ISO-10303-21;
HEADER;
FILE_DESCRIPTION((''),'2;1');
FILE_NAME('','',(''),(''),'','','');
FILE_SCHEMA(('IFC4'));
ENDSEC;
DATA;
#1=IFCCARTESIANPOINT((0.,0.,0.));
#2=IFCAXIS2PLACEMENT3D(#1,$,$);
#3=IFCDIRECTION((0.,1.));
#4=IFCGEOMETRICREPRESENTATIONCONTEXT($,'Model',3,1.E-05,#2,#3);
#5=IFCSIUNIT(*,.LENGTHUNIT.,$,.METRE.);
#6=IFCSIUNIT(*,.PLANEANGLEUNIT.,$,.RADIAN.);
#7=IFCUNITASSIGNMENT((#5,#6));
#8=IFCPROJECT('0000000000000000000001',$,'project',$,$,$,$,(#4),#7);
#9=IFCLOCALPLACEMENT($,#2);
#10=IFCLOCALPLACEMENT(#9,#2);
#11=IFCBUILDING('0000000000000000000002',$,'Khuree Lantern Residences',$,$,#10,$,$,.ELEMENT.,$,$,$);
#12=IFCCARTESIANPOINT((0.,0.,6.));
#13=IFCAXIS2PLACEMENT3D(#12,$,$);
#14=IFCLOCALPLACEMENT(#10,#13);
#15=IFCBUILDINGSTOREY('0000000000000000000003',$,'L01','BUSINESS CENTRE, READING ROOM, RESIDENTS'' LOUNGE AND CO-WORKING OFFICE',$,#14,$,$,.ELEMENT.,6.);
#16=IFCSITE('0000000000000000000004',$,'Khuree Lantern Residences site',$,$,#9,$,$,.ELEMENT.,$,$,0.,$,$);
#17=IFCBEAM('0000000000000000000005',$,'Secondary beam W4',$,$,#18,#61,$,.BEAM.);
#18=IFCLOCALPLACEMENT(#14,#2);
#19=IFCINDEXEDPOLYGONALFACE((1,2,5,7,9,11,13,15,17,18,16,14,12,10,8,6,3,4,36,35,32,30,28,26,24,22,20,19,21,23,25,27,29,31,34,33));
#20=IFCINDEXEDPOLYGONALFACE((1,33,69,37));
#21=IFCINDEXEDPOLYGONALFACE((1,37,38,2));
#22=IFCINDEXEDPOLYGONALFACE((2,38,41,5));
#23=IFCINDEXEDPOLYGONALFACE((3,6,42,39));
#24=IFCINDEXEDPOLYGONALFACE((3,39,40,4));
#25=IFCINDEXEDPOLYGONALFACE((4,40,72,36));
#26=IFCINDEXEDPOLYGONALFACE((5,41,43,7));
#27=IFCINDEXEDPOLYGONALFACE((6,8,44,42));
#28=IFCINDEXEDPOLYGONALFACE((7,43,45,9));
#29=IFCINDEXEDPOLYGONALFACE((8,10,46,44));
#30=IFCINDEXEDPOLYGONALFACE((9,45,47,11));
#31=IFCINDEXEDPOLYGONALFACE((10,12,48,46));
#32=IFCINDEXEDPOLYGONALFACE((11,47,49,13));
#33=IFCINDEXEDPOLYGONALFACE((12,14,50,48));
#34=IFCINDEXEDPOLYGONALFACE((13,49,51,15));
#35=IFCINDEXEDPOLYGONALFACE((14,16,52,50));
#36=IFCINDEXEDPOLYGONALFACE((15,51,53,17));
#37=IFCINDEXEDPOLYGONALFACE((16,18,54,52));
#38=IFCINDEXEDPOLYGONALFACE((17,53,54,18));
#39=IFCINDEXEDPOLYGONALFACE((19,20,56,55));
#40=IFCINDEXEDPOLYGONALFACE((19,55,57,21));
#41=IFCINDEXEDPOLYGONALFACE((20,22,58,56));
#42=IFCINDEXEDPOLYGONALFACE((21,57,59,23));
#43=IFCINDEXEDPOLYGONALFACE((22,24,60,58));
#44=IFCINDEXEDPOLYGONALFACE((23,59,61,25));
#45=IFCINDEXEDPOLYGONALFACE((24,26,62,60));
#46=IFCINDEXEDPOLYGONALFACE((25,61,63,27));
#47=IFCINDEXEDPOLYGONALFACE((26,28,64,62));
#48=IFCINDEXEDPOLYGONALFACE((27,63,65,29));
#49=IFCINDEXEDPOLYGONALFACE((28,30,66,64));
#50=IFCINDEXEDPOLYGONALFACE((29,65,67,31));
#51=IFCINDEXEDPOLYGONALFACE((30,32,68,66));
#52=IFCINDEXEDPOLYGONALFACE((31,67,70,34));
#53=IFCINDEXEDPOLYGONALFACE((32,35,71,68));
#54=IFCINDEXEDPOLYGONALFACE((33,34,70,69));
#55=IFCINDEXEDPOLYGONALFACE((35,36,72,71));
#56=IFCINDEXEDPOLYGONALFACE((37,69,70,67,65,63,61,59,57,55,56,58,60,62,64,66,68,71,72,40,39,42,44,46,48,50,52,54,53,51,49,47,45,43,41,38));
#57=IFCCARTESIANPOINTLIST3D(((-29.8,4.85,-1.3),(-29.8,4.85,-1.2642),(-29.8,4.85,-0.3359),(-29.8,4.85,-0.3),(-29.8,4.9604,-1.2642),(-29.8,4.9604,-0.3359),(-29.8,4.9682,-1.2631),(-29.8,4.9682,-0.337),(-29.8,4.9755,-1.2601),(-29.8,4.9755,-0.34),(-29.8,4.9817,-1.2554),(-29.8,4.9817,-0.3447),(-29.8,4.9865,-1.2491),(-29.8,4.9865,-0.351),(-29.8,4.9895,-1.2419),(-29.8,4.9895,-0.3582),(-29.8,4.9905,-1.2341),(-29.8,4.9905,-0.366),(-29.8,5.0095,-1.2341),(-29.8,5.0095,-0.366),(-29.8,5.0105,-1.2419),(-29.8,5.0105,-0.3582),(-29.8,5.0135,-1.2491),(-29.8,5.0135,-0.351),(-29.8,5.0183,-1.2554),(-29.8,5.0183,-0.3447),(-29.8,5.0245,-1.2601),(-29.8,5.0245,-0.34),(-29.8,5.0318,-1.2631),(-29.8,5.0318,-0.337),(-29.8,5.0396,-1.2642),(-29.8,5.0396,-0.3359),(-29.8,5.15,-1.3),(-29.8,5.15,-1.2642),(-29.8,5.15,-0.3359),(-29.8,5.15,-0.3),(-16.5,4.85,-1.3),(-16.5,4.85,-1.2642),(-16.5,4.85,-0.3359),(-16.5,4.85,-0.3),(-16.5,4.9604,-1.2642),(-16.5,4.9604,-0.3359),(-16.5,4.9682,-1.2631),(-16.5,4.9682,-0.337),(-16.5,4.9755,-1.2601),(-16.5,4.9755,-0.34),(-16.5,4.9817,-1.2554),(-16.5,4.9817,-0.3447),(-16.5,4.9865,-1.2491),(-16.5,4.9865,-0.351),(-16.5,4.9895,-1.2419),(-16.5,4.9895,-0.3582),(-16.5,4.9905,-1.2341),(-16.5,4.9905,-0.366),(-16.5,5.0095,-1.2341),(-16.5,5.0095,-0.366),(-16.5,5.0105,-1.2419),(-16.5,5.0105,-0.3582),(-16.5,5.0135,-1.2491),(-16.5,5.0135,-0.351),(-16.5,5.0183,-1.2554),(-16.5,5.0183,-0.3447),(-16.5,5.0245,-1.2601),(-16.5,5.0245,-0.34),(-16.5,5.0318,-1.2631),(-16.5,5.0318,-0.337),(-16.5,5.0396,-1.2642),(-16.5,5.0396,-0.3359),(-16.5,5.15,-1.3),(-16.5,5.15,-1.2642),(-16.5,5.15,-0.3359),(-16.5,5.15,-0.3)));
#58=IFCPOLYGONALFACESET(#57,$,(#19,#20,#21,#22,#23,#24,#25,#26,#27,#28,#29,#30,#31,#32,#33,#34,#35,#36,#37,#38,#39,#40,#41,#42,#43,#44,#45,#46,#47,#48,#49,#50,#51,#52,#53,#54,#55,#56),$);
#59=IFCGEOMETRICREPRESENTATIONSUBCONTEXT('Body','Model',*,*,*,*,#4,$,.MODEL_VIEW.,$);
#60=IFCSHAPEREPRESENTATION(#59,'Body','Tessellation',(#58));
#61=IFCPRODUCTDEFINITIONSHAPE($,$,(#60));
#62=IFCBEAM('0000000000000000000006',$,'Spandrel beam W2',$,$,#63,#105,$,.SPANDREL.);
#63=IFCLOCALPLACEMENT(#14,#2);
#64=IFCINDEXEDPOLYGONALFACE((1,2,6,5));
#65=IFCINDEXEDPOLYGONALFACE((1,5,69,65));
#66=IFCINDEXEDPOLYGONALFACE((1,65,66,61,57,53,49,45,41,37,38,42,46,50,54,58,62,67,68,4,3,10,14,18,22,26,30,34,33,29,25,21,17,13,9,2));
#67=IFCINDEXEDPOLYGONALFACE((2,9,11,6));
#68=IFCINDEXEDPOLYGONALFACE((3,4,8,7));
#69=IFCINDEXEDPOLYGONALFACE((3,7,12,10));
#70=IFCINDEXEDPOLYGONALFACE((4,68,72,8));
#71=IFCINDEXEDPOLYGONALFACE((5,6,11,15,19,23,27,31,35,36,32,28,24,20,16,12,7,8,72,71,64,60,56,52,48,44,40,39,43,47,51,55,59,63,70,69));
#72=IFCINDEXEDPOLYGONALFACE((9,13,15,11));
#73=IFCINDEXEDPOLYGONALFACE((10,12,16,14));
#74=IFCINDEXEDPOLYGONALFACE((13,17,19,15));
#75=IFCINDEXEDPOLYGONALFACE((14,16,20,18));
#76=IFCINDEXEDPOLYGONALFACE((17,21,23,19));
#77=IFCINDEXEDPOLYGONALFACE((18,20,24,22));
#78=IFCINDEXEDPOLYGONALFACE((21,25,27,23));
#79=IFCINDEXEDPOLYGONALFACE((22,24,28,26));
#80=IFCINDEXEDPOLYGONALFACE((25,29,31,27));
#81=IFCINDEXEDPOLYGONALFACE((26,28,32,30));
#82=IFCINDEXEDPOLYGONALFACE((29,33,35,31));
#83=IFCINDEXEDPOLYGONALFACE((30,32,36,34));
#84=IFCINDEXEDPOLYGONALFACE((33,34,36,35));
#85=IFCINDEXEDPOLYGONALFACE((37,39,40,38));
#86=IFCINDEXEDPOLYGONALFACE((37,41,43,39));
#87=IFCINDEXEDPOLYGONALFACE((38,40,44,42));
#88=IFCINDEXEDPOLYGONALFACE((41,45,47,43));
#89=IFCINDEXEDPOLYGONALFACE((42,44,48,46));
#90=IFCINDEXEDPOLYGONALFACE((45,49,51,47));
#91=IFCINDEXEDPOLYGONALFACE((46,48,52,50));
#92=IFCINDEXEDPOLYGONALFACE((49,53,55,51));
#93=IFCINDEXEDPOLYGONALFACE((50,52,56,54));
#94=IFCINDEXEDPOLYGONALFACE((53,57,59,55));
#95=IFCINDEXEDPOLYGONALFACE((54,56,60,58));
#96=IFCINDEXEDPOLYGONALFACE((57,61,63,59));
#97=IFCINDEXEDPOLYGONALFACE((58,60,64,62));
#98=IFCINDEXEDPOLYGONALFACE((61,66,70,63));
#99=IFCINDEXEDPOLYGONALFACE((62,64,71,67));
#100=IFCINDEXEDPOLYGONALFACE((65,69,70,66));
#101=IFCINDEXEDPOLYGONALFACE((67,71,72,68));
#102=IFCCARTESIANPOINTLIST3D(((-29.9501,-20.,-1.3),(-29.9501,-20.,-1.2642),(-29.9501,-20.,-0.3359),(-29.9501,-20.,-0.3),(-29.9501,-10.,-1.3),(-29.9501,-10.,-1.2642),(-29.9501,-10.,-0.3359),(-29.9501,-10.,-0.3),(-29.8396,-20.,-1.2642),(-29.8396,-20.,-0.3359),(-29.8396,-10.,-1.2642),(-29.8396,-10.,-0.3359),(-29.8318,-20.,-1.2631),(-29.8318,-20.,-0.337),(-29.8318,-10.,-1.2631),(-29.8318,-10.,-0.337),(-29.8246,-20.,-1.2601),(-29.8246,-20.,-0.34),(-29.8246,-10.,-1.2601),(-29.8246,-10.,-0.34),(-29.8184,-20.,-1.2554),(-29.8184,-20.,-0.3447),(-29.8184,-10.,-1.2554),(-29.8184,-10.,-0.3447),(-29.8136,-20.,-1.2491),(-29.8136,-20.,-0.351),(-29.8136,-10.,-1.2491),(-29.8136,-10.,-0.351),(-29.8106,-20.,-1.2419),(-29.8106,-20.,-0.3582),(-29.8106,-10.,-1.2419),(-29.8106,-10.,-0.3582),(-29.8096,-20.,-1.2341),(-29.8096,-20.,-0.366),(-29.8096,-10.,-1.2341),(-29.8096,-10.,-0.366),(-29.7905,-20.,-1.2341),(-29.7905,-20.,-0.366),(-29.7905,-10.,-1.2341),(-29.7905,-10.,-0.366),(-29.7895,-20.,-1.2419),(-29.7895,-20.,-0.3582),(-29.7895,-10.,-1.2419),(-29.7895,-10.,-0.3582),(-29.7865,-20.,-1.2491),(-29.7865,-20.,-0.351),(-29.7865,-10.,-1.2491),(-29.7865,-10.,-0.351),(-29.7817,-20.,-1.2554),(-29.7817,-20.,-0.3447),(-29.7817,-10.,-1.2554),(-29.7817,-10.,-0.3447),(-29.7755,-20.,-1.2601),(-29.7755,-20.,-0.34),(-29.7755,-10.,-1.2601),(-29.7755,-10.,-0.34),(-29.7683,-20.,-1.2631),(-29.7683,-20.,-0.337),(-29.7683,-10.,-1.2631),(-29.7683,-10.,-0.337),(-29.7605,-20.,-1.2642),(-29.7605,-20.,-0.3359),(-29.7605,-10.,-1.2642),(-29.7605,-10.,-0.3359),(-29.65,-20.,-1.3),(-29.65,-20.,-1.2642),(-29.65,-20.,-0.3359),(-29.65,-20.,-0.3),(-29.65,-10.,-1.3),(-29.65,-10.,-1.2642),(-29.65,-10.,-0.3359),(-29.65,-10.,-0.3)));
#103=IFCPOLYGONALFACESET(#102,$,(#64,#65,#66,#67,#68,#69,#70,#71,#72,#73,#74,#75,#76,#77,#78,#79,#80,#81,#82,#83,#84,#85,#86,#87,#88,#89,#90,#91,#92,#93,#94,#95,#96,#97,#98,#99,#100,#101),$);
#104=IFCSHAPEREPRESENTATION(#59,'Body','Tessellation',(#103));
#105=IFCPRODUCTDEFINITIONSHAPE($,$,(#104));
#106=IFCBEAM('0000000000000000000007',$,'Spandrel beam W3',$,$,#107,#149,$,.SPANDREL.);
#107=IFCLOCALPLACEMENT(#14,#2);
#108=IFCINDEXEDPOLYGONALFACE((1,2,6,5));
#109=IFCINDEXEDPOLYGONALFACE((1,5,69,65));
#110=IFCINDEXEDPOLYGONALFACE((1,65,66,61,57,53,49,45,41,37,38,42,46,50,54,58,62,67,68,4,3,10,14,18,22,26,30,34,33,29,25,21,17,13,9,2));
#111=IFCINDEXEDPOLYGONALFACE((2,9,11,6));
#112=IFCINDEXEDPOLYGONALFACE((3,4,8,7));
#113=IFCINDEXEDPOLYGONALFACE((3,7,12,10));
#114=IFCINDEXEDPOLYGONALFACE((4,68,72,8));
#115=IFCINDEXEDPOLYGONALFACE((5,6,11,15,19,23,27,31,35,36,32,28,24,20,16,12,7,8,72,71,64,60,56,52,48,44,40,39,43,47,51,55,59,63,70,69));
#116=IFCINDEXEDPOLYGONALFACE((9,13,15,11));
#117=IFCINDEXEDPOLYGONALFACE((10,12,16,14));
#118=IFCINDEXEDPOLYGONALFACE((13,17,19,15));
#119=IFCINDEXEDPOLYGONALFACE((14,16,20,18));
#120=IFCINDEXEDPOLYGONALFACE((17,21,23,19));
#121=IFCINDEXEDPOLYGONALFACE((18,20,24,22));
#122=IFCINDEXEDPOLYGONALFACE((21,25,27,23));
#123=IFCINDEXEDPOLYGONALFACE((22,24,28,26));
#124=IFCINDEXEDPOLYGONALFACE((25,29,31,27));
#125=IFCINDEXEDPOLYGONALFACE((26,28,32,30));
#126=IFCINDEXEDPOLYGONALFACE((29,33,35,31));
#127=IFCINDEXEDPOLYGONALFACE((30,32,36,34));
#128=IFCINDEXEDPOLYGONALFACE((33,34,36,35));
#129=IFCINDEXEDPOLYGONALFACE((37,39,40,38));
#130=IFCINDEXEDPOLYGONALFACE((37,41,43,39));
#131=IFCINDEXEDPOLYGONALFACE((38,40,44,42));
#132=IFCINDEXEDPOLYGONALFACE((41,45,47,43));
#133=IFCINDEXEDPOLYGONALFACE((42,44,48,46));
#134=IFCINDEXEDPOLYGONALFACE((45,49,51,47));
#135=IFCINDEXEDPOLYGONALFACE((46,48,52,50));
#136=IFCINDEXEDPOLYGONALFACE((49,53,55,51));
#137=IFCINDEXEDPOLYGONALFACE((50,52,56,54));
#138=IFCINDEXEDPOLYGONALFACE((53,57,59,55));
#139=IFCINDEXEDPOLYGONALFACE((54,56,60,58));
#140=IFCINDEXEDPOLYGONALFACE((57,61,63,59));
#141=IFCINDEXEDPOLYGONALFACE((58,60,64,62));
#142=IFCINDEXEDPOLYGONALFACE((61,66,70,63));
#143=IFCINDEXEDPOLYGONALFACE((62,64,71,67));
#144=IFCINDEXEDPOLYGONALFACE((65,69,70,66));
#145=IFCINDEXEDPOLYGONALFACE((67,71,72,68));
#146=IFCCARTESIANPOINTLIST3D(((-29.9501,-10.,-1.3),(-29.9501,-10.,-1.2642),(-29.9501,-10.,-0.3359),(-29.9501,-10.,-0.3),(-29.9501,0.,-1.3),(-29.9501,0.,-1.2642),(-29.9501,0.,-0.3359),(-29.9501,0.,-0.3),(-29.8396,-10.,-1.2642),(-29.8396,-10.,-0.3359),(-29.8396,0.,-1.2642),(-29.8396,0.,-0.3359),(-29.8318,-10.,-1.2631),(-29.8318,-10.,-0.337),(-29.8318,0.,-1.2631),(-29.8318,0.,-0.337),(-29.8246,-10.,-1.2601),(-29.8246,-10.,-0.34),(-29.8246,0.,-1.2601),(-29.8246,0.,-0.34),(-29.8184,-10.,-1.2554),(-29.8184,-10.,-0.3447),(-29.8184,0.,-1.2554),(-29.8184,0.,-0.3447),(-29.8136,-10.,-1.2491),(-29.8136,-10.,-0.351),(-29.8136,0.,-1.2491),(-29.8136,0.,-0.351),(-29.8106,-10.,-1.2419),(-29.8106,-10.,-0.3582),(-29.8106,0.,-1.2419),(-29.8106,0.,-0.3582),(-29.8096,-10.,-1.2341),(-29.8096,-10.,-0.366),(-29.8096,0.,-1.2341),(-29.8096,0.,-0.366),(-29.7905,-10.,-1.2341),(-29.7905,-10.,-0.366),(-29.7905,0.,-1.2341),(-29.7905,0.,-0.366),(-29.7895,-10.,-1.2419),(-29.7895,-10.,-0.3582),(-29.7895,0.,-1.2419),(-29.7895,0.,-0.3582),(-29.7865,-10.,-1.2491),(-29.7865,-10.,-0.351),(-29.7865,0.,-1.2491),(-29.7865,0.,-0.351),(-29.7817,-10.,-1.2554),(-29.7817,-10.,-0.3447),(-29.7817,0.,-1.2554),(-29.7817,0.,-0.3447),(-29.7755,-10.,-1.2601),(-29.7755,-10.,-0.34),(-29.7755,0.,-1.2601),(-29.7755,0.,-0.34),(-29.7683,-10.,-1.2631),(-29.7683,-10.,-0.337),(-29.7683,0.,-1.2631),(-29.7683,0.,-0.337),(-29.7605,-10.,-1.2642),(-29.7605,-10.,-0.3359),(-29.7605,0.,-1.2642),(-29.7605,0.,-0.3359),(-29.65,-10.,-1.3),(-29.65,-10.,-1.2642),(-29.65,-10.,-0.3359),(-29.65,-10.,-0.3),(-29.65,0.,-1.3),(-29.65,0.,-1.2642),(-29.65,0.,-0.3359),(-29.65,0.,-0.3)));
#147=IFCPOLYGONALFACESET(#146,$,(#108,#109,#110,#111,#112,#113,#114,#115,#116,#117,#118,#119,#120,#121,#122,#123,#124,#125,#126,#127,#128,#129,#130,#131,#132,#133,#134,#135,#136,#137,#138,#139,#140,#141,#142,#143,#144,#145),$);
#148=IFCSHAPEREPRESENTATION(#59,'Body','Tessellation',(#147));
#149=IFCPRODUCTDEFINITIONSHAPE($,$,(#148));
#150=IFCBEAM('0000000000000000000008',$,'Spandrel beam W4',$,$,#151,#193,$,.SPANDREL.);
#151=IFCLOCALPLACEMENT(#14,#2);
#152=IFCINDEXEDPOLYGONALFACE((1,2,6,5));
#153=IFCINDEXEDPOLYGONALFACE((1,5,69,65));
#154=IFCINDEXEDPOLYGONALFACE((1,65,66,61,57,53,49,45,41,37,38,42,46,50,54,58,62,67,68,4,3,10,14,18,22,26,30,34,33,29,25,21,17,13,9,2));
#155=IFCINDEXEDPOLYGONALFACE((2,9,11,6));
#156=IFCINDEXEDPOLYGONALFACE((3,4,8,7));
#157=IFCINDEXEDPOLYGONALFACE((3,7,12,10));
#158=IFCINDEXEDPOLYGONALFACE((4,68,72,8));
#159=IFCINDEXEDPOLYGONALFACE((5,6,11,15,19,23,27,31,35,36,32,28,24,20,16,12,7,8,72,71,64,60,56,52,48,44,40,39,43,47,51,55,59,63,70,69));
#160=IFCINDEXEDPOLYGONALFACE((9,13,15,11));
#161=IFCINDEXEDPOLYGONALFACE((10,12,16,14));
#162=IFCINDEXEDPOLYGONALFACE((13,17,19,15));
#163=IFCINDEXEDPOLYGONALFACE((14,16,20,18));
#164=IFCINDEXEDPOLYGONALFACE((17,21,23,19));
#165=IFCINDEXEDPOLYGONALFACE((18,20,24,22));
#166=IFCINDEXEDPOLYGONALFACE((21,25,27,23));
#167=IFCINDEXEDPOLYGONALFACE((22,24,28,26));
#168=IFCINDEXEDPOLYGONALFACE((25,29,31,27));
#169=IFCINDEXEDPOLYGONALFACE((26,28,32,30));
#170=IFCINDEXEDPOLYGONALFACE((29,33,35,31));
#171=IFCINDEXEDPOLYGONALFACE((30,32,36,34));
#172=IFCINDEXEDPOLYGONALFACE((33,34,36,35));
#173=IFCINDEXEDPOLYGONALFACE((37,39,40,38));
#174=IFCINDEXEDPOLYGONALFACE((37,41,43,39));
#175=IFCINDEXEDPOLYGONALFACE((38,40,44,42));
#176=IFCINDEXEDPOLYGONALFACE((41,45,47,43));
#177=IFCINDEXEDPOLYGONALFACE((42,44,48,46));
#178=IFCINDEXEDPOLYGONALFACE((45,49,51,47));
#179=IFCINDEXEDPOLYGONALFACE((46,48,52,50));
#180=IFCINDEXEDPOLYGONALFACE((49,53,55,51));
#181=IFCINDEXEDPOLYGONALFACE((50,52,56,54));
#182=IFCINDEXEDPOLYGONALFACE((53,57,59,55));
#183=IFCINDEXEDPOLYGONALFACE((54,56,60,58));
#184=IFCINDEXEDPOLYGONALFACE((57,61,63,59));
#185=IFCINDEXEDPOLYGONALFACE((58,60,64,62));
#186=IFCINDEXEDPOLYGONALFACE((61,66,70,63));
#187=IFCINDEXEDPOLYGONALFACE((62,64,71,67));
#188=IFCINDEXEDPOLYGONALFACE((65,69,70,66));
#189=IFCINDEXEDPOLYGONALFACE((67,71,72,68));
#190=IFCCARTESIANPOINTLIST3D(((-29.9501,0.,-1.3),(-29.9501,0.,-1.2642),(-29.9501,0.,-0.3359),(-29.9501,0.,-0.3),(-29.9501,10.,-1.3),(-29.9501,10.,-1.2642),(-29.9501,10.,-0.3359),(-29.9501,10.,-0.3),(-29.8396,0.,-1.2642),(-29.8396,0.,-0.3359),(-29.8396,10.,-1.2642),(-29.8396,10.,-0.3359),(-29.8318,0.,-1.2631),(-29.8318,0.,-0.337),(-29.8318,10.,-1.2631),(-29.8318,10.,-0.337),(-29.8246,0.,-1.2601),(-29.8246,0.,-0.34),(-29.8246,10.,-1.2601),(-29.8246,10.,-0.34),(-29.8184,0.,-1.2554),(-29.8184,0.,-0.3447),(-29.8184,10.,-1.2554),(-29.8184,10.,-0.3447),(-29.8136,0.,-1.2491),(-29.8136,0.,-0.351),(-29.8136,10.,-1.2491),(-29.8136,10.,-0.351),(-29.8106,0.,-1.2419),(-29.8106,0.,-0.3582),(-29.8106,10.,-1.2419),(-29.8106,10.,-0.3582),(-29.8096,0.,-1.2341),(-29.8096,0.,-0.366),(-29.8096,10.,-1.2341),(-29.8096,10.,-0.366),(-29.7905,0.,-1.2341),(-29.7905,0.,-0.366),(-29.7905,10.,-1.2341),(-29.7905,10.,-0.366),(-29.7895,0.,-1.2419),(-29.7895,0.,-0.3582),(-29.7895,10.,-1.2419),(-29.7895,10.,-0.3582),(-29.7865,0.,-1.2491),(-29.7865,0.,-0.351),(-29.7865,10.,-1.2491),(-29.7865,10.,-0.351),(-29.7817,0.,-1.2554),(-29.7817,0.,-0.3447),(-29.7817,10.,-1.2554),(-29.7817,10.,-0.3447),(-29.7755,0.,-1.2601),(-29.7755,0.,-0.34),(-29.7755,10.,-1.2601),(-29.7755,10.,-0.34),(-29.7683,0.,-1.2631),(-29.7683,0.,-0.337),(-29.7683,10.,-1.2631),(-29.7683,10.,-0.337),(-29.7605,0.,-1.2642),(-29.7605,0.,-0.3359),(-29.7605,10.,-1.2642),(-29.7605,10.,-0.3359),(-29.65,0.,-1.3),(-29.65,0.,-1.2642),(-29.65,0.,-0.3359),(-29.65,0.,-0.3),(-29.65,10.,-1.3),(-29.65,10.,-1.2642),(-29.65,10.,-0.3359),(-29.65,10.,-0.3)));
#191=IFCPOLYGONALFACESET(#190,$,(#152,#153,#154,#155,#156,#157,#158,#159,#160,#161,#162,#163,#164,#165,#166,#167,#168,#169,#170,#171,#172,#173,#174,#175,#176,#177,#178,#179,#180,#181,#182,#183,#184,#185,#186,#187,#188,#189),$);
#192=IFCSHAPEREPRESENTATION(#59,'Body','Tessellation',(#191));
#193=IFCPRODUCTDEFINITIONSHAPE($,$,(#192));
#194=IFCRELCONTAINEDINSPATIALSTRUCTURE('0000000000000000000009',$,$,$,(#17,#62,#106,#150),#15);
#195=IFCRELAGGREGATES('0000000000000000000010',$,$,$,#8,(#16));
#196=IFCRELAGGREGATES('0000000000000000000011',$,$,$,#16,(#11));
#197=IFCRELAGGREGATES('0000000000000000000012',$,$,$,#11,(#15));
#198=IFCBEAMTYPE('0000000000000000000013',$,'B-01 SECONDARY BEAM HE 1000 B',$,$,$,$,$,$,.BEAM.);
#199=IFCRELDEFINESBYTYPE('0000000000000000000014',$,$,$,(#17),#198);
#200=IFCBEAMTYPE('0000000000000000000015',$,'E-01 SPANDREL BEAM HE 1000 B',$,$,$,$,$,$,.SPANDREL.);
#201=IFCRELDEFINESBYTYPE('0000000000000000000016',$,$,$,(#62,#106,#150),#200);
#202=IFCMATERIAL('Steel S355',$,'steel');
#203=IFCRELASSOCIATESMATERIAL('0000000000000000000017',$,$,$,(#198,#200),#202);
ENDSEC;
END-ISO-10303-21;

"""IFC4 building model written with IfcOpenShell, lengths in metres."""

from ifc_helpers import new_model, si_unit, direction, frame, origin, origin_2d, place, context, subcontext, project, spatial, i_section, extrude, material, material_profile, profile_set, type_object, element, save


model = new_model("IFC4")

# Units and contexts
model_context = context("Model", 3, precision=1e-05, world=origin(), true_north=direction((0.0, 1.0)))
body_context = subcontext(model_context, "Body", "Model", "MODEL_VIEW")
ifc_project = project(units=[si_unit("LENGTHUNIT", "METRE"), si_unit("PLANEANGLEUNIT", "RADIAN")], contexts=[model_context])

# Site, building, storey
site_placement = place(None, origin())
site = spatial("IfcSite", under=ifc_project, at=site_placement, Name="Khuree Lantern Residences site", CompositionType="ELEMENT", RefElevation=0.0)
building_placement = place(site_placement, origin())
building = spatial("IfcBuilding", under=site, at=building_placement, Name="Khuree Lantern Residences", CompositionType="ELEMENT")
storey_placement = place(building_placement, frame((0.0, 0.0, 6.0)))
storey = spatial("IfcBuildingStorey", under=building, at=storey_placement, Name="L01", Description="BUSINESS CENTRE, READING ROOM, RESIDENTS' LOUNGE AND CO-WORKING OFFICE", CompositionType="ELEMENT", Elevation=6.0)

# Beams
ifc_material_1 = material(Name="Steel S355", Category="steel")
ifc_material_profile_1 = material_profile(ifc_material_1, i_section(OverallWidth=0.3, OverallDepth=1.0, WebThickness=0.019, FlangeThickness=0.0359, FilletRadius=0.03, at=origin_2d()), Name="HE 1000 B")
ifc_profile_set_1 = profile_set([ifc_material_profile_1], Name="Steel S355")
beam_type_1 = type_object("IfcBeamType", Name="B-01 SECONDARY BEAM HE 1000 B", PredefinedType="BEAM", material=ifc_profile_set_1)
for number, where, z_axis, x_axis, name in (
    (1, (-29.8, 5.0, -0.8), (1.0, 0.0, 0.0), (0.0, 1.0, 0.0), "Secondary beam W4"),
):
    element("IfcBeam", number, at=place(storey_placement, frame(where, z_axis=z_axis, x_axis=x_axis)), inside=storey, type_object=beam_type_1, Name=name, PredefinedType="BEAM", context=body_context, shape_type="SweptSolid", body=[
        extrude(i_section(OverallWidth=0.3, OverallDepth=1.0, WebThickness=0.019, FlangeThickness=0.0359, FilletRadius=0.03, at=origin_2d()), origin(), (0.0, 0.0, 1.0), 13.3),
    ])
ifc_material_profile_2 = material_profile(ifc_material_1, i_section(OverallWidth=0.3, OverallDepth=1.0, WebThickness=0.019, FlangeThickness=0.0359, FilletRadius=0.03, at=origin_2d()), Name="HE 1000 B")
ifc_profile_set_2 = profile_set([ifc_material_profile_2], Name="Steel S355")
beam_type_2 = type_object("IfcBeamType", Name="E-01 SPANDREL BEAM HE 1000 B", PredefinedType="SPANDREL", material=ifc_profile_set_2)
for number, where, z_axis, x_axis, name in (
    (2, (-29.8, -20.0, -0.8), (0.0, 1.0, 0.0), (-1.0, 0.0, 0.0), "Spandrel beam W2"),
    (3, (-29.8, -10.0, -0.8), (0.0, 1.0, 0.0), (-1.0, 0.0, 0.0), "Spandrel beam W3"),
    (4, (-29.8, 0.0, -0.8), (0.0, 1.0, 0.0), (-1.0, 0.0, 0.0), "Spandrel beam W4"),
):
    element("IfcBeam", number, at=place(storey_placement, frame(where, z_axis=z_axis, x_axis=x_axis)), inside=storey, type_object=beam_type_2, Name=name, PredefinedType="SPANDREL", context=body_context, shape_type="SweptSolid", body=[
        extrude(i_section(OverallWidth=0.3, OverallDepth=1.0, WebThickness=0.019, FlangeThickness=0.0359, FilletRadius=0.03, at=origin_2d()), origin(), (0.0, 0.0, 1.0), 10.0),
    ])

save(model, "model.ifc")
